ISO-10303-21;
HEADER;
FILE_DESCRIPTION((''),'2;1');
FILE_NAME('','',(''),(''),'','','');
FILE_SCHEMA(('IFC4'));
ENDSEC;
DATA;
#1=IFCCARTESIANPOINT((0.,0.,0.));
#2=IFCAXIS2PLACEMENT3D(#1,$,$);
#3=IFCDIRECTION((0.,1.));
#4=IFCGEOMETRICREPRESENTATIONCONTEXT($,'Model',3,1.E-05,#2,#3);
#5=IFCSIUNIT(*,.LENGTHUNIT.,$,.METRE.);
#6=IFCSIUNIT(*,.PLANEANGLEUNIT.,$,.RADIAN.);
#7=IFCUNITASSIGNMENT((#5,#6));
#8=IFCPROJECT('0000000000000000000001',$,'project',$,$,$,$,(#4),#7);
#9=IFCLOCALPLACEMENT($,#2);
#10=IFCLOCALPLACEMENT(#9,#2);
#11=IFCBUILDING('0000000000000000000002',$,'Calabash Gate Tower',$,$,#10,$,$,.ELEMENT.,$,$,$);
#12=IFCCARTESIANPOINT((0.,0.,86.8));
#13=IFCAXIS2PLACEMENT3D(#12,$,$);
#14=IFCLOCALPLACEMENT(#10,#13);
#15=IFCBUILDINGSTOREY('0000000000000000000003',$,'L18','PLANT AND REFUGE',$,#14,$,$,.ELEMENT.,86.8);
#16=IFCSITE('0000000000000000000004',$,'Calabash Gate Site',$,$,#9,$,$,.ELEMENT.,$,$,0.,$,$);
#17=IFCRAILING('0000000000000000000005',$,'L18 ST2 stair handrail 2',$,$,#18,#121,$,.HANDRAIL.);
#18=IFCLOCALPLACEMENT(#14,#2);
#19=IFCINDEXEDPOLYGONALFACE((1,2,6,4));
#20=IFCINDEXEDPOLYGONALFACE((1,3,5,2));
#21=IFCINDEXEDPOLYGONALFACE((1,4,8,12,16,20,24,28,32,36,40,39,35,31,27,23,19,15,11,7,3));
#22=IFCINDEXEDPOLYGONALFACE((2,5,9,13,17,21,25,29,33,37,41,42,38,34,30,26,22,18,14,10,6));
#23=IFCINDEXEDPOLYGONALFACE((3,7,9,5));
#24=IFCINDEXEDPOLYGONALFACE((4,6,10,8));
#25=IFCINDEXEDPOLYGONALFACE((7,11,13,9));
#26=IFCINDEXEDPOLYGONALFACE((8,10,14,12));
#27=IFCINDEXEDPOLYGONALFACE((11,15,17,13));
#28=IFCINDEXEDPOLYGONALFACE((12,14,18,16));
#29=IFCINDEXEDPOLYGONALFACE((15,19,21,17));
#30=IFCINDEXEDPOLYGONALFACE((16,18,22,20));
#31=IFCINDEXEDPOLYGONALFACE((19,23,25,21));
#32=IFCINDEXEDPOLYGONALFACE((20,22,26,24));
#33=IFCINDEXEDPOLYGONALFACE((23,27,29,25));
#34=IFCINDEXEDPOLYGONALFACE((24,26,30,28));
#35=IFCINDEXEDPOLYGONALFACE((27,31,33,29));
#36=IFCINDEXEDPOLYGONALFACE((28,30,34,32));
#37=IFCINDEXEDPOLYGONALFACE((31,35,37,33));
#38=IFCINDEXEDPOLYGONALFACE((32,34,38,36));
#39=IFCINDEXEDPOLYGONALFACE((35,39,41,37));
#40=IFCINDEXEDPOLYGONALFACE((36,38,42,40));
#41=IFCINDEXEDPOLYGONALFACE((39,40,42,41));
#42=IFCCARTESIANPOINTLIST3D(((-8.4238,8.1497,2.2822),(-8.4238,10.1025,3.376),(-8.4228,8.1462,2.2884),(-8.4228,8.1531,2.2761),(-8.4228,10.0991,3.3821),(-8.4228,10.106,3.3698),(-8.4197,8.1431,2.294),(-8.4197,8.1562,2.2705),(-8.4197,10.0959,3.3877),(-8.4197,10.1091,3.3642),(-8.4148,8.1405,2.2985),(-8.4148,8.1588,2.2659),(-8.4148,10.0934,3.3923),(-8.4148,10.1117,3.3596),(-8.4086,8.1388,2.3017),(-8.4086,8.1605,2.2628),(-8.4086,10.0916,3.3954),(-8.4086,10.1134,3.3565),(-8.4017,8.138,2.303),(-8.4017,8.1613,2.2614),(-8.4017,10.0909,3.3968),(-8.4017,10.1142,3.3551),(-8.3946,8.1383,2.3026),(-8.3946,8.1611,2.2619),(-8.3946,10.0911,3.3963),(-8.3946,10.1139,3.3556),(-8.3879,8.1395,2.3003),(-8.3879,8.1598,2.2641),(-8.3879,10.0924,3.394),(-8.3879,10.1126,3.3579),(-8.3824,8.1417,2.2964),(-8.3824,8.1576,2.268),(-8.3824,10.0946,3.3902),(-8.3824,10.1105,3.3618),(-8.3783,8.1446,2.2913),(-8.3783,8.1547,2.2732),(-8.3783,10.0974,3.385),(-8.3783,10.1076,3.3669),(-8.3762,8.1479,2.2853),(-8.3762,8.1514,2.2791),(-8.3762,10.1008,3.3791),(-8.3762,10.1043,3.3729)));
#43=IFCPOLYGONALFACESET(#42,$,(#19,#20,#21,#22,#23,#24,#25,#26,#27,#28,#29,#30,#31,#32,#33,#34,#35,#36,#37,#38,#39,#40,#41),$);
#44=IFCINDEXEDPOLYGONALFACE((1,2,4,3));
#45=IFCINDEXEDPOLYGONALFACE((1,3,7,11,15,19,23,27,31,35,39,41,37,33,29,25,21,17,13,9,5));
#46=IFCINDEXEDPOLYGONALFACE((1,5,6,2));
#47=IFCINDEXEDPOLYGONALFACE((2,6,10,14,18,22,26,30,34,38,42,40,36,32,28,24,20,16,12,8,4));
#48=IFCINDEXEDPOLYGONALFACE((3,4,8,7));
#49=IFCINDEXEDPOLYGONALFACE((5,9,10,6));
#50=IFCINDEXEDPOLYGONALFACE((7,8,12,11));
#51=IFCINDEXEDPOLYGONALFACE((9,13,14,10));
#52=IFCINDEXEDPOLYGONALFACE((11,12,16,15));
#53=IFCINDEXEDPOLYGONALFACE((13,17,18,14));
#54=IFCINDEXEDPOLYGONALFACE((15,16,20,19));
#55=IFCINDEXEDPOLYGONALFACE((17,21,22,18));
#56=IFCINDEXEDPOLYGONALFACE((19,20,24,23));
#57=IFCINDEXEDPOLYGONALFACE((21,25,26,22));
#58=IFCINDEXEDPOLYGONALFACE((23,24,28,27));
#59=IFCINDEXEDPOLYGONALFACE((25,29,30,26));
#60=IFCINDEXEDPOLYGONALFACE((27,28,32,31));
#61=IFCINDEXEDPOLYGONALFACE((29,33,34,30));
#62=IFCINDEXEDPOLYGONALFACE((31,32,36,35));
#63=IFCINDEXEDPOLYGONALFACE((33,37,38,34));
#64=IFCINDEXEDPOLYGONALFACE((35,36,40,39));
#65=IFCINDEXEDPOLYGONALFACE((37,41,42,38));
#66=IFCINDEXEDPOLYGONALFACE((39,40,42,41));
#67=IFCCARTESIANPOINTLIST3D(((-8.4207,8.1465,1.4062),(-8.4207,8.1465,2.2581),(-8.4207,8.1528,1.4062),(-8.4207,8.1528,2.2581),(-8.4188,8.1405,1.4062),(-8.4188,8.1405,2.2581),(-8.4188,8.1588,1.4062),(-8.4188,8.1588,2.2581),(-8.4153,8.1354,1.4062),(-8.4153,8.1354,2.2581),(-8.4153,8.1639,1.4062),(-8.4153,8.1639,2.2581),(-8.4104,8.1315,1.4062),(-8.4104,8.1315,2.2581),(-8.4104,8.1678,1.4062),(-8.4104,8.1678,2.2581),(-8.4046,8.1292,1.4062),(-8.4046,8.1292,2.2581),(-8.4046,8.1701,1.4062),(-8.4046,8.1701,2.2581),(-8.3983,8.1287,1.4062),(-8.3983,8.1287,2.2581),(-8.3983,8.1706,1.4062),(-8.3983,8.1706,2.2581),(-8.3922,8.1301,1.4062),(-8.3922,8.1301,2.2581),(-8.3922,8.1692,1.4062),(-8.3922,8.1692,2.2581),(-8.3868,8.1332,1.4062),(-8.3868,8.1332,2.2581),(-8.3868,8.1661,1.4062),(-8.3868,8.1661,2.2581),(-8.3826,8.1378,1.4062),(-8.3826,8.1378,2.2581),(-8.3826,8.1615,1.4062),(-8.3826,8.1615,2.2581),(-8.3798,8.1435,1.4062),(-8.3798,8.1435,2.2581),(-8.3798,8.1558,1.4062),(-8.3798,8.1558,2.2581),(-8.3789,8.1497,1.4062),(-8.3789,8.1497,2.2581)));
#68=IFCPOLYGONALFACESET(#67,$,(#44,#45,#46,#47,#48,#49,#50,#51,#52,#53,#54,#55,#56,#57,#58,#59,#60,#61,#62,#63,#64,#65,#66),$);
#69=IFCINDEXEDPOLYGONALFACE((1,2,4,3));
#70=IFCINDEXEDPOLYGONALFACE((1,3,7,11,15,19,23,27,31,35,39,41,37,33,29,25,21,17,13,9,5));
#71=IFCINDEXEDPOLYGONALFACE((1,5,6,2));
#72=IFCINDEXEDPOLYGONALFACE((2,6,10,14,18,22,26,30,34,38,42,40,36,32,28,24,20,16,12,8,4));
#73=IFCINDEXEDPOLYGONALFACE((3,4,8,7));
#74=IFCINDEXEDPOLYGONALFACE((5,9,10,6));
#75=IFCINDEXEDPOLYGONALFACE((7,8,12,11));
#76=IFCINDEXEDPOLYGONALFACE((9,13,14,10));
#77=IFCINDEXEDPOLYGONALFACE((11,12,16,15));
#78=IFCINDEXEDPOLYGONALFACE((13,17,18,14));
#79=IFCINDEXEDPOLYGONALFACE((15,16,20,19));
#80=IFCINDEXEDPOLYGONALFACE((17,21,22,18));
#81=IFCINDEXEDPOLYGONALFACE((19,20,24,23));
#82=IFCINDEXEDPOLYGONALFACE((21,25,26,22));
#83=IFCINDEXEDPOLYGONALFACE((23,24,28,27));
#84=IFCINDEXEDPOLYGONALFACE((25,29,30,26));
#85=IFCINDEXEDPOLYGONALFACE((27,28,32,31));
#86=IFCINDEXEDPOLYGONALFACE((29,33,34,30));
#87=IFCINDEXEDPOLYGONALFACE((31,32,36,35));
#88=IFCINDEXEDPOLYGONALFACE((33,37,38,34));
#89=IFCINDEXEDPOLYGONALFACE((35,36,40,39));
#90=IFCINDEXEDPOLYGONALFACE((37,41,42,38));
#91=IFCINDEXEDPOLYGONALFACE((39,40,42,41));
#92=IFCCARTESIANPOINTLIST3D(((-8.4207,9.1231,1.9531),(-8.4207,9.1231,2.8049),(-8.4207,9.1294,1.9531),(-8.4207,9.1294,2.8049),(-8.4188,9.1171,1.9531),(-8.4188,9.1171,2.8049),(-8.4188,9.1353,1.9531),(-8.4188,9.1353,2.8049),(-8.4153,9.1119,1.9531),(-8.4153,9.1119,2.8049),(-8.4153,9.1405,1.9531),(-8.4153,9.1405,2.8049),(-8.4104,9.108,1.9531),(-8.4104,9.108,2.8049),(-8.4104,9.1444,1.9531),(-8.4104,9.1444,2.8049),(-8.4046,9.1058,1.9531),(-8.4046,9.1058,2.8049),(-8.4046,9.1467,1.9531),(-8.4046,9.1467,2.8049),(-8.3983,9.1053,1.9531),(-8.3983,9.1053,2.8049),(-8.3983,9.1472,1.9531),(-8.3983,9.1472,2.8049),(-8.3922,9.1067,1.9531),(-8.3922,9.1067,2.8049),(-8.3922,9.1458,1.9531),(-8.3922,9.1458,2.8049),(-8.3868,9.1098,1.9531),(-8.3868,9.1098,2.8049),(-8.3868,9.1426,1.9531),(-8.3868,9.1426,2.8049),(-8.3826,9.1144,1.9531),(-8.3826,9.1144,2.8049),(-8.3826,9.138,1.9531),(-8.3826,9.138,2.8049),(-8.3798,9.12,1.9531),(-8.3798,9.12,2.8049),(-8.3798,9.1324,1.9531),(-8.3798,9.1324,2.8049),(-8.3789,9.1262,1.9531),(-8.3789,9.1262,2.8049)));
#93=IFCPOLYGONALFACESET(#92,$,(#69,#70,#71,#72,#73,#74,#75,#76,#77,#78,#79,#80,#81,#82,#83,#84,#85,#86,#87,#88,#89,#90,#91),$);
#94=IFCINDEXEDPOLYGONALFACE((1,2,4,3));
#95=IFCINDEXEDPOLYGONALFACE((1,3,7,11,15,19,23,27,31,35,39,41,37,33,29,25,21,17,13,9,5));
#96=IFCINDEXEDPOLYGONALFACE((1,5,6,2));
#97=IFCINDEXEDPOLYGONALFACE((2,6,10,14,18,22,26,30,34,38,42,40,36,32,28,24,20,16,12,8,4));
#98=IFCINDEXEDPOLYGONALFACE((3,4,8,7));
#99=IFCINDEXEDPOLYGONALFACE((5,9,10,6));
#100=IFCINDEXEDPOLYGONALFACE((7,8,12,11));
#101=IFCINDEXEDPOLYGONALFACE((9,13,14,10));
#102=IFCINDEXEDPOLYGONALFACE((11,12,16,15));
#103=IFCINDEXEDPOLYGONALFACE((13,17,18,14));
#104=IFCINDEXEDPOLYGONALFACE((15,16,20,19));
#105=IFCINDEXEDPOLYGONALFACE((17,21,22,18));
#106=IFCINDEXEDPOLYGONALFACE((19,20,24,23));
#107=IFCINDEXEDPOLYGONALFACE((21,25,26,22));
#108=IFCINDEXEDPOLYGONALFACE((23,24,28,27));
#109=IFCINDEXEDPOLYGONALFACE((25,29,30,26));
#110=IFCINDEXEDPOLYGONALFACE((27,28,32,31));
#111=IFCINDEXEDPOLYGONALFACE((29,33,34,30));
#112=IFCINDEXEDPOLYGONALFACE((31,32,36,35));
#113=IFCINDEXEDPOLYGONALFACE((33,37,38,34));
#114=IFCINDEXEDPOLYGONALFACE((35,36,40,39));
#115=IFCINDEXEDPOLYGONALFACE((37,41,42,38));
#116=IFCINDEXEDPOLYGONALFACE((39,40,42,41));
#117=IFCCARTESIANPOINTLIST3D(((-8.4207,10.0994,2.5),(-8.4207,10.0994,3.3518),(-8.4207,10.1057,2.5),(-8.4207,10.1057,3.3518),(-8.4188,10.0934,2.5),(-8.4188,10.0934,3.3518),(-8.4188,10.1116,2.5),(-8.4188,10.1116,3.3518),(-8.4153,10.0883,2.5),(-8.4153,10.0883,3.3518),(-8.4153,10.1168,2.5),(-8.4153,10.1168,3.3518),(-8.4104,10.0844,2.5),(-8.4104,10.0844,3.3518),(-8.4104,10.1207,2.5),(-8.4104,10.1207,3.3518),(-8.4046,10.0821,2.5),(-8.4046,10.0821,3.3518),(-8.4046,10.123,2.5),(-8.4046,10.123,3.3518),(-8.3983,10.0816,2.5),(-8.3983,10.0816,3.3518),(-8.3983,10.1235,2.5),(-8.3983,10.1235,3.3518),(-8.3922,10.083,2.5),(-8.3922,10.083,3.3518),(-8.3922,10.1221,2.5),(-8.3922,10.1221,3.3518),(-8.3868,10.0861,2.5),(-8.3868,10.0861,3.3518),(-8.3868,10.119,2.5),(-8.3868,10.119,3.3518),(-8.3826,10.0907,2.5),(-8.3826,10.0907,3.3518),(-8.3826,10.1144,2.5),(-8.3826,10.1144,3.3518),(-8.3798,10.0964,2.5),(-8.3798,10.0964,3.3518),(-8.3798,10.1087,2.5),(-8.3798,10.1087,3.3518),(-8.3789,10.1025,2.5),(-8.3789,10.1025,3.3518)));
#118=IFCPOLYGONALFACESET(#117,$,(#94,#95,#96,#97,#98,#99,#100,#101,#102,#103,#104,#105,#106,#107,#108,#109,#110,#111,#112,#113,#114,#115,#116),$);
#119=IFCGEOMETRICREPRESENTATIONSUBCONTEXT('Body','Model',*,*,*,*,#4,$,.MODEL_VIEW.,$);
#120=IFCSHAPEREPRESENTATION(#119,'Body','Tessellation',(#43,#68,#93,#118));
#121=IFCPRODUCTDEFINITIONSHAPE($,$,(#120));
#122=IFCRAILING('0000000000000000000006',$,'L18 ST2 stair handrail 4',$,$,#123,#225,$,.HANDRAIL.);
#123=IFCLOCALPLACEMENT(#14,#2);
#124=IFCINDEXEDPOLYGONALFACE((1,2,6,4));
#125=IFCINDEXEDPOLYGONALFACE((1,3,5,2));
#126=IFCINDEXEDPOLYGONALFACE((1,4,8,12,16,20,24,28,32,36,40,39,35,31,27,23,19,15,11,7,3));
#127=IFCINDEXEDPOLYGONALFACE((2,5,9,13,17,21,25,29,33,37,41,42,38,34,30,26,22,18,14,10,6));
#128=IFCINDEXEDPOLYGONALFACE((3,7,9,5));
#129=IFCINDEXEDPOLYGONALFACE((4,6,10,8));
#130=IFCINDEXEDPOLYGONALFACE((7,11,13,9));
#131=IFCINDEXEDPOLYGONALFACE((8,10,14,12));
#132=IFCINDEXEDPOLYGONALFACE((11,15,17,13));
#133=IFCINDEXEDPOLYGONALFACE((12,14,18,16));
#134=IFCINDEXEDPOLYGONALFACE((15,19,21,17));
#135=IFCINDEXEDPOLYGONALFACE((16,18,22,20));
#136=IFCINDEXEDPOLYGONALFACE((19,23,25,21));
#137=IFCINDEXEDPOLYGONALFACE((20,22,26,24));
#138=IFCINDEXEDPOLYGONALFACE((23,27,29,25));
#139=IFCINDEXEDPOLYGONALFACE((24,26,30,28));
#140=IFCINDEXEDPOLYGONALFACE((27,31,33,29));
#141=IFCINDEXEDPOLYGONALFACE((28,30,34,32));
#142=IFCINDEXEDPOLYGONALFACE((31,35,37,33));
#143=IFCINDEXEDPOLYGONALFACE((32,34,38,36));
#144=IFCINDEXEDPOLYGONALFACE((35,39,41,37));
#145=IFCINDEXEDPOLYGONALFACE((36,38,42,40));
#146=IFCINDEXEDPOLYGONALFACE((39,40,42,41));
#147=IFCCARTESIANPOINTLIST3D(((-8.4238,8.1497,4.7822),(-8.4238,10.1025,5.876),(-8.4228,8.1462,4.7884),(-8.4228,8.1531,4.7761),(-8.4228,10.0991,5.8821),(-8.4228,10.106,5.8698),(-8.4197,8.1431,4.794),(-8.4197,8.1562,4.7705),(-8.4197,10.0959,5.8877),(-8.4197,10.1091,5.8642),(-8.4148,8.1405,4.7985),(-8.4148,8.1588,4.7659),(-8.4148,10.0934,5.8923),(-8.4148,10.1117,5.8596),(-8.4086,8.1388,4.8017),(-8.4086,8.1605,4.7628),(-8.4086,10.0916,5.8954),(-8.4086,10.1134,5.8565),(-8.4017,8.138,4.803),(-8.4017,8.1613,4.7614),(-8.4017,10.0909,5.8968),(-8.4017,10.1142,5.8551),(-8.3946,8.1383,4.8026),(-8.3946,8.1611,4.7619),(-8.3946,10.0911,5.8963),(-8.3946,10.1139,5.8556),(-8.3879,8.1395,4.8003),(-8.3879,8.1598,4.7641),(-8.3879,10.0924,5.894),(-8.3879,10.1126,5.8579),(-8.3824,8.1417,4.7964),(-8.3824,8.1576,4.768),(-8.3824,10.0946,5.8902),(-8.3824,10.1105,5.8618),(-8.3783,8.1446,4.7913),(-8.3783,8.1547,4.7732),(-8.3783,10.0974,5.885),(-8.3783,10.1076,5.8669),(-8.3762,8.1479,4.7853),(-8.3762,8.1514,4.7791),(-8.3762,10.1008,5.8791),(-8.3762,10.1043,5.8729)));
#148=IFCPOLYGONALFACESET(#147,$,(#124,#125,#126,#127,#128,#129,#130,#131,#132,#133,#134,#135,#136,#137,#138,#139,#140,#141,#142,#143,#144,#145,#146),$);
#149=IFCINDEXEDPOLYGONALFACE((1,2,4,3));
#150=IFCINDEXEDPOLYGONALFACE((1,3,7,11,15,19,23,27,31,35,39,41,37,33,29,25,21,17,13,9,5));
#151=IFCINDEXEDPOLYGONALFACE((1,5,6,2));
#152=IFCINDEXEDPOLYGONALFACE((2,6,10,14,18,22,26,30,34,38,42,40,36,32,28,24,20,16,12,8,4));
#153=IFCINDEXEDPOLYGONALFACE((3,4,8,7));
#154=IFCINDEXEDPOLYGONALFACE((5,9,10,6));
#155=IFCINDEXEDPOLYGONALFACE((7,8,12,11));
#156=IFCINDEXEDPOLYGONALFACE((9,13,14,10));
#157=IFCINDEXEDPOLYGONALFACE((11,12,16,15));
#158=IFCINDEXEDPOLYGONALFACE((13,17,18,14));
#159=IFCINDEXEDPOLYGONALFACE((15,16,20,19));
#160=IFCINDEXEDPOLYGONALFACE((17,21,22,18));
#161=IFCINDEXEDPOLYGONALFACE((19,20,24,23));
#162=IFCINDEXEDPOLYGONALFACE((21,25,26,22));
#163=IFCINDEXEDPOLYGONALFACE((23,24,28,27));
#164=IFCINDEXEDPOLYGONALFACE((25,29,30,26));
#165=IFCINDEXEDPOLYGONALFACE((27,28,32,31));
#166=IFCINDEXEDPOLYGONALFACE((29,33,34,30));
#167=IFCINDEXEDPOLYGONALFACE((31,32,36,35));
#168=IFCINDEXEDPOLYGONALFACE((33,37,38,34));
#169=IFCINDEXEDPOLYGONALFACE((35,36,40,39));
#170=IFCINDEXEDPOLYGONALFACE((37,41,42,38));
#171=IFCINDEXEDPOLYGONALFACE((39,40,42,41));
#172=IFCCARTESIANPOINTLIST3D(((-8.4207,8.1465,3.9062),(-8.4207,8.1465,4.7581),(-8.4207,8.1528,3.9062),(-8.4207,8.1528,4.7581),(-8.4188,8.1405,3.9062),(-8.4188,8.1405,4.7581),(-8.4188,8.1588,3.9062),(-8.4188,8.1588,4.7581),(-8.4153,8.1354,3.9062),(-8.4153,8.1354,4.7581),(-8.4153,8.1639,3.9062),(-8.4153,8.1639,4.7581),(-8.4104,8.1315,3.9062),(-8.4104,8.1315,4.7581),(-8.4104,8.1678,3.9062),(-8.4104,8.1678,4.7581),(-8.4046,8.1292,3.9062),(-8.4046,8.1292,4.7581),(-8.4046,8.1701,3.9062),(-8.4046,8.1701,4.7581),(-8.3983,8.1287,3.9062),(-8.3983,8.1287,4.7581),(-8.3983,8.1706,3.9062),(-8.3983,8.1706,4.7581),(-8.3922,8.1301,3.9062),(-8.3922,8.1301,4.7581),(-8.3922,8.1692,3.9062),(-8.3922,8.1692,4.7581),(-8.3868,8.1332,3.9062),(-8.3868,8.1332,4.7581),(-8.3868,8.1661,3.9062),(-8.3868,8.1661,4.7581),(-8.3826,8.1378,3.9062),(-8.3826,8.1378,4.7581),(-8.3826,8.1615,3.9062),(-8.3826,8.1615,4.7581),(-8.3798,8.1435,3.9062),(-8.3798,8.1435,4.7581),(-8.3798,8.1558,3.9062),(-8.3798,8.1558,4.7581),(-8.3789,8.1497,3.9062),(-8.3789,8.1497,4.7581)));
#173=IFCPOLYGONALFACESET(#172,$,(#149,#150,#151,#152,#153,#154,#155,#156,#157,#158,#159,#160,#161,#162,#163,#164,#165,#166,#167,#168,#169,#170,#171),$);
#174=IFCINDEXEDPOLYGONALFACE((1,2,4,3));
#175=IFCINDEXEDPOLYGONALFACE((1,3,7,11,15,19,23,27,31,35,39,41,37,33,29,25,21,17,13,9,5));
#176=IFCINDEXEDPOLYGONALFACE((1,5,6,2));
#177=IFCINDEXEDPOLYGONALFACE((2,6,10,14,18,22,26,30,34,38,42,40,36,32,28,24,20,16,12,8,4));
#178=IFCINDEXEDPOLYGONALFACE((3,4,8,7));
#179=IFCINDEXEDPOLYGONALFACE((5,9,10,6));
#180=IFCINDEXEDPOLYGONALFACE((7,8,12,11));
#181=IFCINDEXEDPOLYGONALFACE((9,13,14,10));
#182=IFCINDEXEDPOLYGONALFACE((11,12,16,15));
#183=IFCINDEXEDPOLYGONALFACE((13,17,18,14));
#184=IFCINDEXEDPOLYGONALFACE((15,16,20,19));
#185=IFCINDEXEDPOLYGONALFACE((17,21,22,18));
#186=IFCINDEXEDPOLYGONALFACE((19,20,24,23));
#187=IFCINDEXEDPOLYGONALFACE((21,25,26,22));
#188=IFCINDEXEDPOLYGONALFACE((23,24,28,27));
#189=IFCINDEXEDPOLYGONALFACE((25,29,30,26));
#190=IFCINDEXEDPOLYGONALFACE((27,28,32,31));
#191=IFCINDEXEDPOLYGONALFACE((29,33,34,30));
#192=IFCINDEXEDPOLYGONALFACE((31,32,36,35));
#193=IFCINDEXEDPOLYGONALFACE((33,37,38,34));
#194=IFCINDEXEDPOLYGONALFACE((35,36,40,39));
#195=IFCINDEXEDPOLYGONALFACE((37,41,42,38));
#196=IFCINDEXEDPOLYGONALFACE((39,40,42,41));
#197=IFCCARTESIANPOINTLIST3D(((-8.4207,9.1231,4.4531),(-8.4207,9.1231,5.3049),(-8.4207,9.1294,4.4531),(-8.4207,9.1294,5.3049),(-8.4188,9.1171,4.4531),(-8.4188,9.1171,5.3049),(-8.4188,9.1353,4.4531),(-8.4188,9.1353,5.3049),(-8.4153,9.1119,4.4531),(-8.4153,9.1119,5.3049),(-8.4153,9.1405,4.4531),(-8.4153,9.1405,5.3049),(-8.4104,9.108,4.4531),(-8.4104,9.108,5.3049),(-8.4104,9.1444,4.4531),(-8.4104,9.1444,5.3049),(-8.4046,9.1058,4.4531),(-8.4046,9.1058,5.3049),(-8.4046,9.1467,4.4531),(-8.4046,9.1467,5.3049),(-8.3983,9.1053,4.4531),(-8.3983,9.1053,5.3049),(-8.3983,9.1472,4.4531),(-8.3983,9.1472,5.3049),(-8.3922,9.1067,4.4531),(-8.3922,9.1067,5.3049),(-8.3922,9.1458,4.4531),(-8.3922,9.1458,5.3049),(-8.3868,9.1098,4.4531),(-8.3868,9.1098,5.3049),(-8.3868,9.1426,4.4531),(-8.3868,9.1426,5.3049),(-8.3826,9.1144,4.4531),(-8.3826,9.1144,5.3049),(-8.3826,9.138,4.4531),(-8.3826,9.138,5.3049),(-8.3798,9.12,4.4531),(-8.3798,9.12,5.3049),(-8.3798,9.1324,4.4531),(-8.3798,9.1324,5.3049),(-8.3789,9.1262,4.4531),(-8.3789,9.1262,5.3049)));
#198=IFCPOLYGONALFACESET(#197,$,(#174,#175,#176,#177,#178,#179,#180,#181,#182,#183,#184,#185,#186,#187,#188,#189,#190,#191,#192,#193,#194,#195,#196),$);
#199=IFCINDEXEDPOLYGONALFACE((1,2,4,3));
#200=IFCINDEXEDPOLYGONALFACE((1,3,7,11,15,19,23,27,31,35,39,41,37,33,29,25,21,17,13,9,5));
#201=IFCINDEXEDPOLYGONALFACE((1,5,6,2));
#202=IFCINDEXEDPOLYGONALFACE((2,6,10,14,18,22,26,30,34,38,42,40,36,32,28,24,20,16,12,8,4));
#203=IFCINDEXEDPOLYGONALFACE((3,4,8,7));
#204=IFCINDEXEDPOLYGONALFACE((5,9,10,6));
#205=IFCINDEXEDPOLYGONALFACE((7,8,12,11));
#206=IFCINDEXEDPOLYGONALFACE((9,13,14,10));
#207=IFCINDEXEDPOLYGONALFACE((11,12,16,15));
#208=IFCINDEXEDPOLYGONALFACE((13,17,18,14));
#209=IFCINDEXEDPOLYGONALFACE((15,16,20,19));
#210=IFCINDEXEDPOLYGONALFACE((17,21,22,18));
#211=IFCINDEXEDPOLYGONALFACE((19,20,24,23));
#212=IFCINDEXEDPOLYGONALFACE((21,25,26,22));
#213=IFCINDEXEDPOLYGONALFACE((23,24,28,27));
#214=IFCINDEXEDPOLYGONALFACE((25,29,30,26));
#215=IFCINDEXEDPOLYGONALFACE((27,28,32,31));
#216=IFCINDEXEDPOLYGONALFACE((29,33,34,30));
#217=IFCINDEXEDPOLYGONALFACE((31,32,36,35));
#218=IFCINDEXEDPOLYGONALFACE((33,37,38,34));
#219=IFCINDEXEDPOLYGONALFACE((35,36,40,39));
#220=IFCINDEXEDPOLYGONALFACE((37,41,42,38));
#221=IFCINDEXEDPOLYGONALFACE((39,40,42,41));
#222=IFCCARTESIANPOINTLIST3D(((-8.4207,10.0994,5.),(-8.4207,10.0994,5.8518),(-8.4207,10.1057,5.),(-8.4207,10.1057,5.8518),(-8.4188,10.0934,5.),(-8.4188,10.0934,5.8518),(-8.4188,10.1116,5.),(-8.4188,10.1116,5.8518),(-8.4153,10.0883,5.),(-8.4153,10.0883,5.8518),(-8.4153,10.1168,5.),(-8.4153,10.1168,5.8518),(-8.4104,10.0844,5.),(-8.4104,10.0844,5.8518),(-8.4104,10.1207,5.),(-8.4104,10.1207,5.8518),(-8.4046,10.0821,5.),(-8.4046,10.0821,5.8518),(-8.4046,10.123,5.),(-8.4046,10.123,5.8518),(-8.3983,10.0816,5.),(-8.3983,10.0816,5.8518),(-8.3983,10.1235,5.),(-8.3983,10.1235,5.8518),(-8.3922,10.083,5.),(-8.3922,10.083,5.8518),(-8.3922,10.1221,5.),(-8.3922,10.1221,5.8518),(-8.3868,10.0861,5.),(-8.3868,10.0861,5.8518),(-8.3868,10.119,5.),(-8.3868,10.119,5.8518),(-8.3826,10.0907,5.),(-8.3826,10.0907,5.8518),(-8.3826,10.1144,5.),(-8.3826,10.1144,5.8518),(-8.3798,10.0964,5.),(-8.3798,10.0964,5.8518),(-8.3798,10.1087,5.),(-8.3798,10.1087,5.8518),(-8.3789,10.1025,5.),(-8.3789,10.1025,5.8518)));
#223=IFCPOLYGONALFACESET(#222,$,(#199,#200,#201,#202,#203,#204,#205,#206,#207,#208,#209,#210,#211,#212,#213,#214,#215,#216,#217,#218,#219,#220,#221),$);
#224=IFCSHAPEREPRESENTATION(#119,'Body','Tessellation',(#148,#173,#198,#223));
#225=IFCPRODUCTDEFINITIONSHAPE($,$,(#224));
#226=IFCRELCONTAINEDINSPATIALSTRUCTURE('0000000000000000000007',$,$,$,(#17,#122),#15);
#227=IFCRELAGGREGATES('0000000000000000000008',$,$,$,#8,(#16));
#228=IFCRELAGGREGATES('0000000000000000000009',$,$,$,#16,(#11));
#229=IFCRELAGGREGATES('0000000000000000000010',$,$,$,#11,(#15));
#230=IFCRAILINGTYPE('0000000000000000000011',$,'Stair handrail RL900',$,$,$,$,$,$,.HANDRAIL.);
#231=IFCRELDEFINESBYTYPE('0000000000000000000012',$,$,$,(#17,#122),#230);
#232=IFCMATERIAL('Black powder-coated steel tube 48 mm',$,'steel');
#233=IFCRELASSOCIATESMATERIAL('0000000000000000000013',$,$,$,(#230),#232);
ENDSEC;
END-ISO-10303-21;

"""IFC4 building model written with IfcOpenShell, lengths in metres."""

from ifc_helpers import new_model, si_unit, direction, frame, origin, origin_2d, place, context, subcontext, project, spatial, circle, extrude, material, type_object, element, save


model = new_model("IFC4")

# Units and contexts
model_context = context("Model", 3, precision=1e-05, world=origin(), true_north=direction((0.0, 1.0)))
body_context = subcontext(model_context, "Body", "Model", "MODEL_VIEW")
ifc_project = project(units=[si_unit("LENGTHUNIT", "METRE"), si_unit("PLANEANGLEUNIT", "RADIAN")], contexts=[model_context])

# Site, building, storey
site_placement = place(None, origin())
site = spatial("IfcSite", under=ifc_project, at=site_placement, Name="Calabash Gate Site", CompositionType="ELEMENT", RefElevation=0.0)
building_placement = place(site_placement, origin())
building = spatial("IfcBuilding", under=site, at=building_placement, Name="Calabash Gate Tower", CompositionType="ELEMENT")
storey_placement = place(building_placement, frame((0.0, 0.0, 86.8)))
storey = spatial("IfcBuildingStorey", under=building, at=storey_placement, Name="L18", Description="PLANT AND REFUGE", CompositionType="ELEMENT", Elevation=86.8)

# Railings
ifc_material_1 = material(Name="Black powder-coated steel tube 48 mm", Category="steel")
railing_type_1 = type_object("IfcRailingType", Name="Stair handrail RL900", PredefinedType="HANDRAIL", material=ifc_material_1)
for number, where, name in (
    (1, (-8.3999, 8.1497, 1.4062), "L18 ST2 stair handrail 2"),
    (2, (-8.3999, 8.1497, 3.9062), "L18 ST2 stair handrail 4"),
):
    element("IfcRailing", number, at=place(storey_placement, frame(where)), inside=storey, type_object=railing_type_1, Name=name, PredefinedType="HANDRAIL", context=body_context, shape_type="SweptSolid", body=[
        extrude(circle(Radius=0.0239, at=origin_2d()), frame((0.0, 0.0, 0.876), z_axis=(0.0, 0.87248, 0.48865), x_axis=(-1.0, 0.0, 0.0)), (0.0, 0.0, 1.0), 2.2383),
        extrude(circle(Radius=0.021, at=origin_2d()), origin(), (0.0, 0.0, 1.0), 0.8518),
        extrude(circle(Radius=0.021, at=origin_2d()), frame((0.0, 0.9766, 0.5469)), (0.0, 0.0, 1.0), 0.8518),
        extrude(circle(Radius=0.021, at=origin_2d()), frame((0.0, 1.9529, 1.0938)), (0.0, 0.0, 1.0), 0.8518),
    ])

save(model, "model.ifc")
